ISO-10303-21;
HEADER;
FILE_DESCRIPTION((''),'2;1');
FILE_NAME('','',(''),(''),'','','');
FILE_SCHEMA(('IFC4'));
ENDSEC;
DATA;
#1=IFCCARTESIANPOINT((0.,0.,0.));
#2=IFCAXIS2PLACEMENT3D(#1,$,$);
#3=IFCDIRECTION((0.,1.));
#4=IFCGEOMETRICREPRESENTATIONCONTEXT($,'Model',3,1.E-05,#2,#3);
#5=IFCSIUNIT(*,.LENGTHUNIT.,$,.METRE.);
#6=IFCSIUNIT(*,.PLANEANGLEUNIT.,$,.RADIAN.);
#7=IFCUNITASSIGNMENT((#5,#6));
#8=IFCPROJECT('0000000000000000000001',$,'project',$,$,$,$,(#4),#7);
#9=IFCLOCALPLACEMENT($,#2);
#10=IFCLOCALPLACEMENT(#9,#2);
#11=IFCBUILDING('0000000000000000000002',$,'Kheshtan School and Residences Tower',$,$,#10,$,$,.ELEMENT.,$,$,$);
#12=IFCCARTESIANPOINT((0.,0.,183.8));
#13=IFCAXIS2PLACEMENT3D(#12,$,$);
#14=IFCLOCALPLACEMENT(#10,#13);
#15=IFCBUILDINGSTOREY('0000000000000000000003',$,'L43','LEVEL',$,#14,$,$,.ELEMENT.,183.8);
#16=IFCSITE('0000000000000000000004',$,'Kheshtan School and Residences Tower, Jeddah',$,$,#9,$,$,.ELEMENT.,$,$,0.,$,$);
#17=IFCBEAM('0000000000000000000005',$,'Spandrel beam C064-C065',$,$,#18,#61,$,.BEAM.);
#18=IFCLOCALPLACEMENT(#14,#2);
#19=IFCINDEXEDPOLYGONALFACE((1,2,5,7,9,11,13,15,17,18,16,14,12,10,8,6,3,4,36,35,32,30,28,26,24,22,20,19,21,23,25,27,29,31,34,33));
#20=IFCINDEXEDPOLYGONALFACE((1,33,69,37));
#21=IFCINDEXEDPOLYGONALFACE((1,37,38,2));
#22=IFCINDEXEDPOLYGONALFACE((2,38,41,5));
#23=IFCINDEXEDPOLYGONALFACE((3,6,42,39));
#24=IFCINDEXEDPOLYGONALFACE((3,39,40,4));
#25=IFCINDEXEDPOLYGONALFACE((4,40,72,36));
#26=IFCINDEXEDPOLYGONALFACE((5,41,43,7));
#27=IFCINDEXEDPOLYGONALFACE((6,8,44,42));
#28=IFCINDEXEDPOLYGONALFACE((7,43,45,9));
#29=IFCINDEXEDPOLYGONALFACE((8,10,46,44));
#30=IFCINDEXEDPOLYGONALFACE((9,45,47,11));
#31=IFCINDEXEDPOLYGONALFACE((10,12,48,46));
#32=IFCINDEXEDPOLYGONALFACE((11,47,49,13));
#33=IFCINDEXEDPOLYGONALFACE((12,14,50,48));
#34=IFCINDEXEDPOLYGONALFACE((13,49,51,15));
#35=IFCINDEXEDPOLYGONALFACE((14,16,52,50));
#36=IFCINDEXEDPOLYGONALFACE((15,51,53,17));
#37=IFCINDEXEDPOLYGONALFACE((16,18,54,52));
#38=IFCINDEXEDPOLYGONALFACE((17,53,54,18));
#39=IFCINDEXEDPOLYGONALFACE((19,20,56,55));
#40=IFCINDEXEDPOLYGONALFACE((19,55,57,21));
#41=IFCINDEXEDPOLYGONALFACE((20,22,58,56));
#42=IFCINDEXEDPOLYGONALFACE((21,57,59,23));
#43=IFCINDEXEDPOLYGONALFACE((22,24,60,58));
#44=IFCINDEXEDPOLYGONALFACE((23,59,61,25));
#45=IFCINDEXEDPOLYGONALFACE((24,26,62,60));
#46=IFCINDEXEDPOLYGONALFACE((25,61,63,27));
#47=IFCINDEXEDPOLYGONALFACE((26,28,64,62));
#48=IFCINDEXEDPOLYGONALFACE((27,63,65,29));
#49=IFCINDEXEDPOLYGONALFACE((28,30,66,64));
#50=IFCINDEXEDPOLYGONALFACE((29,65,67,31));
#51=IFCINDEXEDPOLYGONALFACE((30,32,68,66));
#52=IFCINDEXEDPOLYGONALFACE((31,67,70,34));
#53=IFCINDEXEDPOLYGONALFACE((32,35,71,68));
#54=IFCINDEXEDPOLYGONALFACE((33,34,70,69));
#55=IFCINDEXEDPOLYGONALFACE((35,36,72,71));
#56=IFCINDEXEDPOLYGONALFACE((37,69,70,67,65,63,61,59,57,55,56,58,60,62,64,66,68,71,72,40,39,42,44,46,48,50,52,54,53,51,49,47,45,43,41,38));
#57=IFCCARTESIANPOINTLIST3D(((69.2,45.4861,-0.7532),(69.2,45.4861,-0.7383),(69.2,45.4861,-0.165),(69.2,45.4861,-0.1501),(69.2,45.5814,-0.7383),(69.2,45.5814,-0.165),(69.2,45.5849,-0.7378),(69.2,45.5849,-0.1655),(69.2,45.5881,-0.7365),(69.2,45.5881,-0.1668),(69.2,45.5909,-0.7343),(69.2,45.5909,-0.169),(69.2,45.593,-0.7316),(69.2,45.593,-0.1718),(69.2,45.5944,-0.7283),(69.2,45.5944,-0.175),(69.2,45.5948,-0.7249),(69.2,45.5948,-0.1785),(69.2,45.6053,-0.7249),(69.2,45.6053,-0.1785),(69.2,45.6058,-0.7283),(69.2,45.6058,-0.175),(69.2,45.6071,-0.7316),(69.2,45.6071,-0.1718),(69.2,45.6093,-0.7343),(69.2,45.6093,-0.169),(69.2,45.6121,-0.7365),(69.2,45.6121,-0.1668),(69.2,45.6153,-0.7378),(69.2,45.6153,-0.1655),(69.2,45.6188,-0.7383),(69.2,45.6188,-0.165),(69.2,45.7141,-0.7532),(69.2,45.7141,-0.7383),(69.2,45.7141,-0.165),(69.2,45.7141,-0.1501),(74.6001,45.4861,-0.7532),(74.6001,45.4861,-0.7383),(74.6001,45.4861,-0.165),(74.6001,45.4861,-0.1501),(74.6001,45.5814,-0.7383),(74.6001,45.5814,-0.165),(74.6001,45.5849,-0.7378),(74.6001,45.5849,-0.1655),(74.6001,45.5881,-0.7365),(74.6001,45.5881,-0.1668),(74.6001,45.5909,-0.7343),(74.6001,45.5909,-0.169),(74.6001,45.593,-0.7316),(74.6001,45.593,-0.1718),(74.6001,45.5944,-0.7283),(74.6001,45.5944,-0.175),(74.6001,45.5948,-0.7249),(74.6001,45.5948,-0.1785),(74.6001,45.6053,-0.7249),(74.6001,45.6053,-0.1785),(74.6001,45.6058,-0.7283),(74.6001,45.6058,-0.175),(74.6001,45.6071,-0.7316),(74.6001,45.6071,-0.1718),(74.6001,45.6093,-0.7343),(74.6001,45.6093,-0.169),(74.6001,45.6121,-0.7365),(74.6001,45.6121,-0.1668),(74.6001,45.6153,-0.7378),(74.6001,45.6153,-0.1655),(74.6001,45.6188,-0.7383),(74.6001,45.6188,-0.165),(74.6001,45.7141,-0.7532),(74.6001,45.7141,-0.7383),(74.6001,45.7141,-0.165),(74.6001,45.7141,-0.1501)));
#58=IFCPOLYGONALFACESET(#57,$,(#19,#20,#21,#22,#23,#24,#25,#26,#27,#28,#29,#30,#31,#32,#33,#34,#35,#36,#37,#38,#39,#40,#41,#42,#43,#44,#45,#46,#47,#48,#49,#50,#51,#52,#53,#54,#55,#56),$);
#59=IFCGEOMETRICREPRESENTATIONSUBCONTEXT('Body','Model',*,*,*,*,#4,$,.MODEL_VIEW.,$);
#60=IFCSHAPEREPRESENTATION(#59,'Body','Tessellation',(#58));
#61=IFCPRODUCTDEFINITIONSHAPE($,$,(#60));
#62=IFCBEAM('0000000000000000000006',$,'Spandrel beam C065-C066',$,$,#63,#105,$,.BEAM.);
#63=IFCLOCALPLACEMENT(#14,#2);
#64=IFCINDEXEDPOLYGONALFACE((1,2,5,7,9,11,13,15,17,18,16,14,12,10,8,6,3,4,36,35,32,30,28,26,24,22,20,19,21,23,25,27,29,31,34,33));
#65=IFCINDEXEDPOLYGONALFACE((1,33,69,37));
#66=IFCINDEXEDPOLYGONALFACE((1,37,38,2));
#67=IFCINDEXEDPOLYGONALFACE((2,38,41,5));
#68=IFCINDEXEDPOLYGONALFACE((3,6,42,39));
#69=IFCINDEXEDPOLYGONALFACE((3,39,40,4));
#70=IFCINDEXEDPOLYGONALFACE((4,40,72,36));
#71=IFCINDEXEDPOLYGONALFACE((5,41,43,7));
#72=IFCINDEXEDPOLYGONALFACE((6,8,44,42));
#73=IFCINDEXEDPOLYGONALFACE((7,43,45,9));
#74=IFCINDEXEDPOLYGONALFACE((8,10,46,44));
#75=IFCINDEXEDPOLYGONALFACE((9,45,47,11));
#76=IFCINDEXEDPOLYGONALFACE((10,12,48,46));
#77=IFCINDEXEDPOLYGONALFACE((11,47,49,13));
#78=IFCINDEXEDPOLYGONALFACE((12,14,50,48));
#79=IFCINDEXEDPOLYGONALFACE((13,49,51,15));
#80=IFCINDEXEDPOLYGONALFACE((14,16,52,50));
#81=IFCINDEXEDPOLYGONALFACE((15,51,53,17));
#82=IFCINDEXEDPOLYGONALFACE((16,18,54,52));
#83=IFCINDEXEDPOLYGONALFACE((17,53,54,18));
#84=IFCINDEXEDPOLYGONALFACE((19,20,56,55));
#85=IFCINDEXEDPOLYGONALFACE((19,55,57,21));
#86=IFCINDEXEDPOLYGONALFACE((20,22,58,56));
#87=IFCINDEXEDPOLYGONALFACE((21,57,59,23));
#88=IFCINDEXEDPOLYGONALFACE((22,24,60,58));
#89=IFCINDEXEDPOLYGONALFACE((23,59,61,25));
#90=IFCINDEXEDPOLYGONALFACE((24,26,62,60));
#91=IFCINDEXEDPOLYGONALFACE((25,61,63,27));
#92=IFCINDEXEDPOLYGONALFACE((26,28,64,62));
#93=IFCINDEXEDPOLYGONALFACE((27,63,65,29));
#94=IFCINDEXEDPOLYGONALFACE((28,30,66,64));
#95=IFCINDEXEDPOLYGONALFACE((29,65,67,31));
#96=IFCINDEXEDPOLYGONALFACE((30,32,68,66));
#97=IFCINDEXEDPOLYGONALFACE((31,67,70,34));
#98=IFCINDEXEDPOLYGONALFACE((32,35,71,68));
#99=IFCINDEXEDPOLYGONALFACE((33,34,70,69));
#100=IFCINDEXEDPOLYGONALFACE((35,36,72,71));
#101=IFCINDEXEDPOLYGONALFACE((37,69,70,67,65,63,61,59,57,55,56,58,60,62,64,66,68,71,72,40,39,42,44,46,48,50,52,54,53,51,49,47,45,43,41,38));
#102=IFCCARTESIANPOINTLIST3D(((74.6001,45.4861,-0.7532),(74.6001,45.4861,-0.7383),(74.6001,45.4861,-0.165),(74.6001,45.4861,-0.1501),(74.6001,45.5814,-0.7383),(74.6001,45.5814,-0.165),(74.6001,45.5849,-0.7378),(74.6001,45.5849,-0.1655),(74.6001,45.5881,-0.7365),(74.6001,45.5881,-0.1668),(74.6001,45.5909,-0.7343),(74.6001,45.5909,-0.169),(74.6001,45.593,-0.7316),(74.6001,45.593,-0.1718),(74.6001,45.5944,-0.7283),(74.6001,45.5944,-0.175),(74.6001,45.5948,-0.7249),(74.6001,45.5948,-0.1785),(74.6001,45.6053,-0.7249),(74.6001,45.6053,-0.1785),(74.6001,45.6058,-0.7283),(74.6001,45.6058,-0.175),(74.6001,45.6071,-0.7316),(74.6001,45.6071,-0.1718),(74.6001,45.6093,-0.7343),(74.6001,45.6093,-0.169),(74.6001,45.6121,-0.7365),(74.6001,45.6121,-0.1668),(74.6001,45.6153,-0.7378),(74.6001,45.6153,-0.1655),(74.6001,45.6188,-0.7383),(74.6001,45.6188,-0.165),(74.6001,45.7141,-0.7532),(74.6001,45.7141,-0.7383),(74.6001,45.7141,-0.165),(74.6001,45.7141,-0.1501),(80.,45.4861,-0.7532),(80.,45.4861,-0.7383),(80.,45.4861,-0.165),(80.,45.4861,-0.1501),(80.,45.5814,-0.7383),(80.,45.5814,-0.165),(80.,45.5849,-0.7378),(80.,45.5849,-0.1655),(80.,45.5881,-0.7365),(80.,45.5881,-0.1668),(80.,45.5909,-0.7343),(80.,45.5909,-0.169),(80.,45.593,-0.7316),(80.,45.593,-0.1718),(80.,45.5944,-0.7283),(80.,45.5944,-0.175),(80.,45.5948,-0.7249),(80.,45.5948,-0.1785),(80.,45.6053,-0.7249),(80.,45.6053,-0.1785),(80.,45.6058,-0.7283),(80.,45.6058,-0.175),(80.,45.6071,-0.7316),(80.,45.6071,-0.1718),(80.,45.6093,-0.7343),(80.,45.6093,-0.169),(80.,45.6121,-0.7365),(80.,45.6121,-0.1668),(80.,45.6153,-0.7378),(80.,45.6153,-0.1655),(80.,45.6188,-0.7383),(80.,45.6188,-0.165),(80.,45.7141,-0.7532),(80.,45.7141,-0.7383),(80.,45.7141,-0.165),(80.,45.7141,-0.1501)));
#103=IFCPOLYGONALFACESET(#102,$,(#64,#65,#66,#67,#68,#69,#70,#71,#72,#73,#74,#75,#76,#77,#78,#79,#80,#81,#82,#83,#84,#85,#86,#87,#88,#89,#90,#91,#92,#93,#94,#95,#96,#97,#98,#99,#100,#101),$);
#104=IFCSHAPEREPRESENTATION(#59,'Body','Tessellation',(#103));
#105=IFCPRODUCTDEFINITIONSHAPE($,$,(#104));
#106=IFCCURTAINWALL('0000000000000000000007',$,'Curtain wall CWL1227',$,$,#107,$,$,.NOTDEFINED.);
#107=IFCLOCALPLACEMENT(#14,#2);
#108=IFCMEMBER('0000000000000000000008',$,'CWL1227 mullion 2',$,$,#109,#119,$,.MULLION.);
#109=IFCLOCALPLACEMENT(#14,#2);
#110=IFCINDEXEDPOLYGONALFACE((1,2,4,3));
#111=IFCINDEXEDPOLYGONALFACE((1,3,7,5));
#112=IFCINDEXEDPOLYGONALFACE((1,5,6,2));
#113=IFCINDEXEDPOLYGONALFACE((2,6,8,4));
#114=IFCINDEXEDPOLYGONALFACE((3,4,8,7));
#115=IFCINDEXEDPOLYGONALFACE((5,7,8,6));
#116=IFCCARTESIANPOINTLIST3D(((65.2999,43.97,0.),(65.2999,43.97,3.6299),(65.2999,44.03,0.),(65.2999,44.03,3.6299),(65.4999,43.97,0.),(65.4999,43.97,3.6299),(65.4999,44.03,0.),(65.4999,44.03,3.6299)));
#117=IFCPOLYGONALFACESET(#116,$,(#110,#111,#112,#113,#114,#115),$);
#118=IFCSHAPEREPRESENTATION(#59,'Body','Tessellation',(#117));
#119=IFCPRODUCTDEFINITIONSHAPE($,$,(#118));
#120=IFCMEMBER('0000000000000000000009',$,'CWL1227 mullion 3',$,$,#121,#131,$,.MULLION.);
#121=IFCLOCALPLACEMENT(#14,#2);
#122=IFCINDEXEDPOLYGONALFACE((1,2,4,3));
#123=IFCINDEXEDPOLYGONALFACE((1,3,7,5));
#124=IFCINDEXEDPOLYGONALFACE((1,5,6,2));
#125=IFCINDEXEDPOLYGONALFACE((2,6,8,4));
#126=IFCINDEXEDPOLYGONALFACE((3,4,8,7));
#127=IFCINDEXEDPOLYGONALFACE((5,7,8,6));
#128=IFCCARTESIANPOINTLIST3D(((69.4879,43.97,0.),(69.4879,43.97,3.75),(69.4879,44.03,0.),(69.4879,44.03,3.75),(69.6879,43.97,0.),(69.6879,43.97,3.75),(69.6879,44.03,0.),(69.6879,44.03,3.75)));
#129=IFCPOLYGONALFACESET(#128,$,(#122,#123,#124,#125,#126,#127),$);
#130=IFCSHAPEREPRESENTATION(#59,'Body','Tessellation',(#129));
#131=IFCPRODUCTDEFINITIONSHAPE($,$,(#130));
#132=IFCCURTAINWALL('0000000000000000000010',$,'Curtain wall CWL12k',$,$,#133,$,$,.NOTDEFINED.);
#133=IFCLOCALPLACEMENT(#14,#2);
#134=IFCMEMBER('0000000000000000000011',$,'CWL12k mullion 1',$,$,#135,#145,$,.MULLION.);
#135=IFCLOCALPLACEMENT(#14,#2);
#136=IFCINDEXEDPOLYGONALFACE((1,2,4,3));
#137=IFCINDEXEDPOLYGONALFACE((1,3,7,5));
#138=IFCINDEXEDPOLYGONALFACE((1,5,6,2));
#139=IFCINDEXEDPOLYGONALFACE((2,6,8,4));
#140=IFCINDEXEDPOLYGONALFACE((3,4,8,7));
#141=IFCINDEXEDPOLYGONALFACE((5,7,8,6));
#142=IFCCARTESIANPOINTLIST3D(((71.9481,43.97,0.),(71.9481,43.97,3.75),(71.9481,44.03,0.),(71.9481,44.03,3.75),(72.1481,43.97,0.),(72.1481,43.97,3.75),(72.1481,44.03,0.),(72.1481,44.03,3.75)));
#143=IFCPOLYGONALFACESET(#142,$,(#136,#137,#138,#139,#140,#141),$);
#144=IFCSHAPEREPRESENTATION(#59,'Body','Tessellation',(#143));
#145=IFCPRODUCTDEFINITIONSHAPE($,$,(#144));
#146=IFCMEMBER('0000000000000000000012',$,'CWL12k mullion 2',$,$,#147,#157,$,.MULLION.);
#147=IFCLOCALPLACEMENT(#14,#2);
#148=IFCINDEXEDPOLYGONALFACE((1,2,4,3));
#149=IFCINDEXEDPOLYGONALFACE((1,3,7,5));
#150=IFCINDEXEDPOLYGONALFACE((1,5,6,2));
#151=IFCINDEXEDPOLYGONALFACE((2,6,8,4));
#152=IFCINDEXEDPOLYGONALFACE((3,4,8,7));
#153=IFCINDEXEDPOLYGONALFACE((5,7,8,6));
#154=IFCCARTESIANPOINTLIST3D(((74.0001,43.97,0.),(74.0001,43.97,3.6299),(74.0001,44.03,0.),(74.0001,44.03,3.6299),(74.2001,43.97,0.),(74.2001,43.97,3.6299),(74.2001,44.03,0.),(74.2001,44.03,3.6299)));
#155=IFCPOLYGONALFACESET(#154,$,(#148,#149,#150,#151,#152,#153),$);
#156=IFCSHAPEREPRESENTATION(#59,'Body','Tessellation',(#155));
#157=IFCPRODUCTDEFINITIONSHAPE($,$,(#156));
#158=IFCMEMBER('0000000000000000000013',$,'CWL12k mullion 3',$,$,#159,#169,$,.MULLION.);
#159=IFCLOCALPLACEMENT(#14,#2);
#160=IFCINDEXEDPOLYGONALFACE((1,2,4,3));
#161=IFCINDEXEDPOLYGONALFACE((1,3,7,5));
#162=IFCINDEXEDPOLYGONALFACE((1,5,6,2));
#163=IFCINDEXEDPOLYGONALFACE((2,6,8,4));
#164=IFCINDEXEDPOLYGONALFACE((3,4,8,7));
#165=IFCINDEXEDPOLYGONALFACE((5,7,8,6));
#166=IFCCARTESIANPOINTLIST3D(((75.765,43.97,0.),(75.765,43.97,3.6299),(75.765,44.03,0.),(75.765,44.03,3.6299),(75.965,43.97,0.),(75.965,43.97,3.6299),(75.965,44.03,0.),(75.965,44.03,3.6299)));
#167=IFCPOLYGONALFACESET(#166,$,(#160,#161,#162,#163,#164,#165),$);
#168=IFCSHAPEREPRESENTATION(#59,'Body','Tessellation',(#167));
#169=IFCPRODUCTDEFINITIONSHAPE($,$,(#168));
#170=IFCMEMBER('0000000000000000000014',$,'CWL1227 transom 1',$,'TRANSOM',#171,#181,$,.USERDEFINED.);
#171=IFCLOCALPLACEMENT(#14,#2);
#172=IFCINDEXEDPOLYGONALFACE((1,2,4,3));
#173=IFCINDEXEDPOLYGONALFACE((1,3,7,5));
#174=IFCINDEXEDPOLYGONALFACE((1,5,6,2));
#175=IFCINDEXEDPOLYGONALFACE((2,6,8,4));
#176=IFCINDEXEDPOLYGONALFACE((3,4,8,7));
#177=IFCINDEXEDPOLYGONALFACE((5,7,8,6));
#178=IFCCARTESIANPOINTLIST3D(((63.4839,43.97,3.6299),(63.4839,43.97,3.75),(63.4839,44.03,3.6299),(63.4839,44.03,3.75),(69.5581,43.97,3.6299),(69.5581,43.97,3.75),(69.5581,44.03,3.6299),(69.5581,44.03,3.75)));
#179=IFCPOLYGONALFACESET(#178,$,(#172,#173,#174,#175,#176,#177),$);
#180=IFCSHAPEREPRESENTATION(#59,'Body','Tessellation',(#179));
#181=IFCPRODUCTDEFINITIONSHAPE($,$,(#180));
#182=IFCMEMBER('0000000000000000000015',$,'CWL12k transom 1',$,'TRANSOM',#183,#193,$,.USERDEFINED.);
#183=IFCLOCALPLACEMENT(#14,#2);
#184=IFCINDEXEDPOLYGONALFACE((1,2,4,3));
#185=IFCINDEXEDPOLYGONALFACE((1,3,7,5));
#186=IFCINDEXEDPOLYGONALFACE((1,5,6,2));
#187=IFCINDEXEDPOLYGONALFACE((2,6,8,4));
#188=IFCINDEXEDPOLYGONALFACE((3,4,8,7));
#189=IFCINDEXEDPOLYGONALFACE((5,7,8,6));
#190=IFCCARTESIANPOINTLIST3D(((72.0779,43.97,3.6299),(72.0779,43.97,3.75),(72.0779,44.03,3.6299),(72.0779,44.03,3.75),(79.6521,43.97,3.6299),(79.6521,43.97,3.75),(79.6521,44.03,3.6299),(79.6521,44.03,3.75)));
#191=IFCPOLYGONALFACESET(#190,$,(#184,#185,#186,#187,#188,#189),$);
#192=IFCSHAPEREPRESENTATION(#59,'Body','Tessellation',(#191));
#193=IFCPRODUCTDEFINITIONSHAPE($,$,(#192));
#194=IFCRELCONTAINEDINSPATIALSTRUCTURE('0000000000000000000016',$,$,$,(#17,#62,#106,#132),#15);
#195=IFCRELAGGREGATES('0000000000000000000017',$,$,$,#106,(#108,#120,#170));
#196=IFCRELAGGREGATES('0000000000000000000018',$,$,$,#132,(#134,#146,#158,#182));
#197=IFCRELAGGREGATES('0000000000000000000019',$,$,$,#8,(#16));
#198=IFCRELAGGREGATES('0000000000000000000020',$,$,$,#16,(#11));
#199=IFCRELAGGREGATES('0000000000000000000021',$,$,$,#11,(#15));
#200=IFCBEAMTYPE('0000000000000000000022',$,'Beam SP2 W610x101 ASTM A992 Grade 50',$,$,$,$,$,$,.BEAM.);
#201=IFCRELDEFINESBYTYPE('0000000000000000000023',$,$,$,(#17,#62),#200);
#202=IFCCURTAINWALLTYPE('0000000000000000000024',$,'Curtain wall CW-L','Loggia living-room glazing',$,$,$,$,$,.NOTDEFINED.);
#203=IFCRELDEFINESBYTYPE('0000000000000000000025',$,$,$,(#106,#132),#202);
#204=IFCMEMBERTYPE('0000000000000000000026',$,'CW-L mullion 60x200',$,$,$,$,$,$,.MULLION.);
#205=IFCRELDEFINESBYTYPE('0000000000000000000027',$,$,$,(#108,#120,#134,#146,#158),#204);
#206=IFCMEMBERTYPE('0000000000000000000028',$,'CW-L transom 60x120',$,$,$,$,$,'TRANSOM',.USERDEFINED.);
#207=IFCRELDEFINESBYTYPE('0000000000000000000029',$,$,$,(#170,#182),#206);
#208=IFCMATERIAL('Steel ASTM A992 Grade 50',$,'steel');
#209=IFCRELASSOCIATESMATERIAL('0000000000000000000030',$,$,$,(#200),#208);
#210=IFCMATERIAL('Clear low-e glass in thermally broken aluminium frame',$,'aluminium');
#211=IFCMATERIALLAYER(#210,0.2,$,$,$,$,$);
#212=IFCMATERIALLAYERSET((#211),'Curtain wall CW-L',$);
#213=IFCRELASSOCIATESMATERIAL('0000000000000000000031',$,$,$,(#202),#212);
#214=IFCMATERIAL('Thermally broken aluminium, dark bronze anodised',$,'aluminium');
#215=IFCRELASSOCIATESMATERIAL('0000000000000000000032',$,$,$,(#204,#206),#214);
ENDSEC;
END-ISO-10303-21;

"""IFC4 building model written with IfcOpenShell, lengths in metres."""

from ifc_helpers import new_model, si_unit, direction, frame, origin, origin_2d, place, context, subcontext, project, spatial, rectangle, i_section, extrude, material, layer, layer_set, material_profile, profile_set, type_object, element, aggregate, save


model = new_model("IFC4")

# Units and contexts
model_context = context("Model", 3, precision=1e-05, world=origin(), true_north=direction((0.0, 1.0)))
body_context = subcontext(model_context, "Body", "Model", "MODEL_VIEW")
ifc_project = project(units=[si_unit("LENGTHUNIT", "METRE"), si_unit("PLANEANGLEUNIT", "RADIAN")], contexts=[model_context])

# Site, building, storey
site_placement = place(None, origin())
site = spatial("IfcSite", under=ifc_project, at=site_placement, Name="Kheshtan School and Residences Tower, Jeddah", CompositionType="ELEMENT", RefElevation=0.0)
building_placement = place(site_placement, origin())
building = spatial("IfcBuilding", under=site, at=building_placement, Name="Kheshtan School and Residences Tower", CompositionType="ELEMENT")
storey_placement = place(building_placement, frame((0.0, 0.0, 183.8)))
storey = spatial("IfcBuildingStorey", under=building, at=storey_placement, Name="L43", Description="LEVEL", CompositionType="ELEMENT", Elevation=183.8)

# Shared definitions
ifc_material_1 = material(Name="Steel ASTM A992 Grade 50", Category="steel")

# Beams
ifc_material_profile_1 = material_profile(ifc_material_1, i_section(OverallWidth=0.228, OverallDepth=0.603, WebThickness=0.0105, FlangeThickness=0.0149, FilletRadius=0.0134, at=origin_2d()), Name="W610x101")
ifc_profile_set_1 = profile_set([ifc_material_profile_1], Name="Steel ASTM A992 Grade 50")
beam_type_1 = type_object("IfcBeamType", Name="Beam SP2 W610x101 ASTM A992 Grade 50", PredefinedType="BEAM", material=ifc_profile_set_1)
beam_1_placement = place(storey_placement, frame((69.2, 45.6001, -0.4517), z_axis=(1.0, 0.0, 0.0), x_axis=(0.0, 1.0, 0.0)))
element("IfcBeam", 1, at=beam_1_placement, inside=storey, type_object=beam_type_1, Name="Spandrel beam C064-C065", PredefinedType="BEAM", context=body_context, shape_type="SweptSolid", body=[
    extrude(i_section(OverallWidth=0.228, OverallDepth=0.603, WebThickness=0.0105, FlangeThickness=0.0149, FilletRadius=0.0134, at=origin_2d()), origin(), (0.0, 0.0, 1.0), 5.4001),
])
beam_2_placement = place(storey_placement, frame((74.6001, 45.6001, -0.4517), z_axis=(1.0, 0.0, 0.0), x_axis=(0.0, 1.0, 0.0)))
element("IfcBeam", 2, at=beam_2_placement, inside=storey, type_object=beam_type_1, Name="Spandrel beam C065-C066", PredefinedType="BEAM", context=body_context, shape_type="SweptSolid", body=[
    extrude(i_section(OverallWidth=0.228, OverallDepth=0.603, WebThickness=0.0105, FlangeThickness=0.0149, FilletRadius=0.0134, at=origin_2d()), origin(), (0.0, 0.0, 1.0), 5.3999),
])

# Curtain walls, members
ifc_material_2 = material(Name="Clear low-e glass in thermally broken aluminium frame", Category="aluminium")
ifc_layer_1 = layer(ifc_material_2, 0.2)
ifc_layer_set_1 = layer_set([ifc_layer_1], Name="Curtain wall CW-L")
curtain_wall_type = type_object("IfcCurtainWallType", Name="Curtain wall CW-L", Description="Loggia living-room glazing", PredefinedType="NOTDEFINED", material=ifc_layer_set_1)
curtain_wall_1_placement = place(storey_placement, origin())
curtain_wall_1 = element("IfcCurtainWall", 3, at=curtain_wall_1_placement, inside=storey, type_object=curtain_wall_type, Name="Curtain wall CWL1227", PredefinedType="NOTDEFINED")
ifc_material_3 = material(Name="Thermally broken aluminium, dark bronze anodised", Category="aluminium")
ifc_material_profile_2 = material_profile(ifc_material_3, rectangle(XDim=0.0601, YDim=0.2, at=origin_2d()), Name="CW-L mullion 60x200")
ifc_profile_set_2 = profile_set([ifc_material_profile_2], Name="Thermally broken aluminium, dark bronze anodised")
member_type_1 = type_object("IfcMemberType", Name="CW-L mullion 60x200", PredefinedType="MULLION", material=ifc_profile_set_2)
member_1_placement = place(storey_placement, frame((65.3999, 44.0, 0.0), z_axis=(0.0, 0.0, 1.0), x_axis=(0.0, 1.0, 0.0)))
member_1 = element("IfcMember", 4, at=member_1_placement, type_object=member_type_1, Name="CWL1227 mullion 2", PredefinedType="MULLION", context=body_context, shape_type="SweptSolid", body=[
    extrude(rectangle(XDim=0.0601, YDim=0.2, at=origin_2d()), origin(), (0.0, 0.0, 1.0), 3.6299),
])
member_2_placement = place(storey_placement, frame((69.5879, 44.0, 0.0), z_axis=(0.0, 0.0, 1.0), x_axis=(0.0, 1.0, 0.0)))
member_2 = element("IfcMember", 5, at=member_2_placement, type_object=member_type_1, Name="CWL1227 mullion 3", PredefinedType="MULLION", context=body_context, shape_type="SweptSolid", body=[
    extrude(rectangle(XDim=0.0601, YDim=0.2, at=origin_2d()), origin(), (0.0, 0.0, 1.0), 3.75),
])
curtain_wall_2_placement = place(storey_placement, origin())
curtain_wall_2 = element("IfcCurtainWall", 6, at=curtain_wall_2_placement, inside=storey, type_object=curtain_wall_type, Name="Curtain wall CWL12k", PredefinedType="NOTDEFINED")
member_3_placement = place(storey_placement, frame((72.0481, 44.0, 0.0), z_axis=(0.0, 0.0, 1.0), x_axis=(0.0, 1.0, 0.0)))
member_3 = element("IfcMember", 7, at=member_3_placement, type_object=member_type_1, Name="CWL12k mullion 1", PredefinedType="MULLION", context=body_context, shape_type="SweptSolid", body=[
    extrude(rectangle(XDim=0.0601, YDim=0.2, at=origin_2d()), origin(), (0.0, 0.0, 1.0), 3.75),
])
member_4_placement = place(storey_placement, frame((74.1001, 44.0, 0.0), z_axis=(0.0, 0.0, 1.0), x_axis=(0.0, 1.0, 0.0)))
member_4 = element("IfcMember", 8, at=member_4_placement, type_object=member_type_1, Name="CWL12k mullion 2", PredefinedType="MULLION", context=body_context, shape_type="SweptSolid", body=[
    extrude(rectangle(XDim=0.0601, YDim=0.2, at=origin_2d()), origin(), (0.0, 0.0, 1.0), 3.6299),
])
member_5_placement = place(storey_placement, frame((75.865, 44.0, 0.0), z_axis=(0.0, 0.0, 1.0), x_axis=(0.0, 1.0, 0.0)))
member_5 = element("IfcMember", 9, at=member_5_placement, type_object=member_type_1, Name="CWL12k mullion 3", PredefinedType="MULLION", context=body_context, shape_type="SweptSolid", body=[
    extrude(rectangle(XDim=0.0601, YDim=0.2, at=origin_2d()), origin(), (0.0, 0.0, 1.0), 3.6299),
])

# Members
ifc_material_profile_3 = material_profile(ifc_material_3, rectangle(XDim=0.0601, YDim=0.1201, at=origin_2d()), Name="CW-L transom 60x120")
ifc_profile_set_3 = profile_set([ifc_material_profile_3], Name="Thermally broken aluminium, dark bronze anodised")
member_type_2 = type_object("IfcMemberType", Name="CW-L transom 60x120", ElementType="TRANSOM", PredefinedType="USERDEFINED", material=ifc_profile_set_3)
member_6_placement = place(storey_placement, frame((63.4839, 44.0, 3.6899), z_axis=(1.0, 0.0, 0.0), x_axis=(0.0, 1.0, 0.0)))
member_6 = element("IfcMember", 10, at=member_6_placement, type_object=member_type_2, Name="CWL1227 transom 1", ObjectType="TRANSOM", PredefinedType="USERDEFINED", context=body_context, shape_type="SweptSolid", body=[
    extrude(rectangle(XDim=0.0601, YDim=0.1201, at=origin_2d()), origin(), (0.0, 0.0, 1.0), 6.0742),
])
member_7_placement = place(storey_placement, frame((72.0779, 44.0, 3.6899), z_axis=(1.0, 0.0, 0.0), x_axis=(0.0, 1.0, 0.0)))
member_7 = element("IfcMember", 11, at=member_7_placement, type_object=member_type_2, Name="CWL12k transom 1", ObjectType="TRANSOM", PredefinedType="USERDEFINED", context=body_context, shape_type="SweptSolid", body=[
    extrude(rectangle(XDim=0.0601, YDim=0.1201, at=origin_2d()), origin(), (0.0, 0.0, 1.0), 7.5742),
])

aggregate(curtain_wall_1, [member_1, member_2, member_6])
aggregate(curtain_wall_2, [member_3, member_4, member_5, member_7])

save(model, "model.ifc")
